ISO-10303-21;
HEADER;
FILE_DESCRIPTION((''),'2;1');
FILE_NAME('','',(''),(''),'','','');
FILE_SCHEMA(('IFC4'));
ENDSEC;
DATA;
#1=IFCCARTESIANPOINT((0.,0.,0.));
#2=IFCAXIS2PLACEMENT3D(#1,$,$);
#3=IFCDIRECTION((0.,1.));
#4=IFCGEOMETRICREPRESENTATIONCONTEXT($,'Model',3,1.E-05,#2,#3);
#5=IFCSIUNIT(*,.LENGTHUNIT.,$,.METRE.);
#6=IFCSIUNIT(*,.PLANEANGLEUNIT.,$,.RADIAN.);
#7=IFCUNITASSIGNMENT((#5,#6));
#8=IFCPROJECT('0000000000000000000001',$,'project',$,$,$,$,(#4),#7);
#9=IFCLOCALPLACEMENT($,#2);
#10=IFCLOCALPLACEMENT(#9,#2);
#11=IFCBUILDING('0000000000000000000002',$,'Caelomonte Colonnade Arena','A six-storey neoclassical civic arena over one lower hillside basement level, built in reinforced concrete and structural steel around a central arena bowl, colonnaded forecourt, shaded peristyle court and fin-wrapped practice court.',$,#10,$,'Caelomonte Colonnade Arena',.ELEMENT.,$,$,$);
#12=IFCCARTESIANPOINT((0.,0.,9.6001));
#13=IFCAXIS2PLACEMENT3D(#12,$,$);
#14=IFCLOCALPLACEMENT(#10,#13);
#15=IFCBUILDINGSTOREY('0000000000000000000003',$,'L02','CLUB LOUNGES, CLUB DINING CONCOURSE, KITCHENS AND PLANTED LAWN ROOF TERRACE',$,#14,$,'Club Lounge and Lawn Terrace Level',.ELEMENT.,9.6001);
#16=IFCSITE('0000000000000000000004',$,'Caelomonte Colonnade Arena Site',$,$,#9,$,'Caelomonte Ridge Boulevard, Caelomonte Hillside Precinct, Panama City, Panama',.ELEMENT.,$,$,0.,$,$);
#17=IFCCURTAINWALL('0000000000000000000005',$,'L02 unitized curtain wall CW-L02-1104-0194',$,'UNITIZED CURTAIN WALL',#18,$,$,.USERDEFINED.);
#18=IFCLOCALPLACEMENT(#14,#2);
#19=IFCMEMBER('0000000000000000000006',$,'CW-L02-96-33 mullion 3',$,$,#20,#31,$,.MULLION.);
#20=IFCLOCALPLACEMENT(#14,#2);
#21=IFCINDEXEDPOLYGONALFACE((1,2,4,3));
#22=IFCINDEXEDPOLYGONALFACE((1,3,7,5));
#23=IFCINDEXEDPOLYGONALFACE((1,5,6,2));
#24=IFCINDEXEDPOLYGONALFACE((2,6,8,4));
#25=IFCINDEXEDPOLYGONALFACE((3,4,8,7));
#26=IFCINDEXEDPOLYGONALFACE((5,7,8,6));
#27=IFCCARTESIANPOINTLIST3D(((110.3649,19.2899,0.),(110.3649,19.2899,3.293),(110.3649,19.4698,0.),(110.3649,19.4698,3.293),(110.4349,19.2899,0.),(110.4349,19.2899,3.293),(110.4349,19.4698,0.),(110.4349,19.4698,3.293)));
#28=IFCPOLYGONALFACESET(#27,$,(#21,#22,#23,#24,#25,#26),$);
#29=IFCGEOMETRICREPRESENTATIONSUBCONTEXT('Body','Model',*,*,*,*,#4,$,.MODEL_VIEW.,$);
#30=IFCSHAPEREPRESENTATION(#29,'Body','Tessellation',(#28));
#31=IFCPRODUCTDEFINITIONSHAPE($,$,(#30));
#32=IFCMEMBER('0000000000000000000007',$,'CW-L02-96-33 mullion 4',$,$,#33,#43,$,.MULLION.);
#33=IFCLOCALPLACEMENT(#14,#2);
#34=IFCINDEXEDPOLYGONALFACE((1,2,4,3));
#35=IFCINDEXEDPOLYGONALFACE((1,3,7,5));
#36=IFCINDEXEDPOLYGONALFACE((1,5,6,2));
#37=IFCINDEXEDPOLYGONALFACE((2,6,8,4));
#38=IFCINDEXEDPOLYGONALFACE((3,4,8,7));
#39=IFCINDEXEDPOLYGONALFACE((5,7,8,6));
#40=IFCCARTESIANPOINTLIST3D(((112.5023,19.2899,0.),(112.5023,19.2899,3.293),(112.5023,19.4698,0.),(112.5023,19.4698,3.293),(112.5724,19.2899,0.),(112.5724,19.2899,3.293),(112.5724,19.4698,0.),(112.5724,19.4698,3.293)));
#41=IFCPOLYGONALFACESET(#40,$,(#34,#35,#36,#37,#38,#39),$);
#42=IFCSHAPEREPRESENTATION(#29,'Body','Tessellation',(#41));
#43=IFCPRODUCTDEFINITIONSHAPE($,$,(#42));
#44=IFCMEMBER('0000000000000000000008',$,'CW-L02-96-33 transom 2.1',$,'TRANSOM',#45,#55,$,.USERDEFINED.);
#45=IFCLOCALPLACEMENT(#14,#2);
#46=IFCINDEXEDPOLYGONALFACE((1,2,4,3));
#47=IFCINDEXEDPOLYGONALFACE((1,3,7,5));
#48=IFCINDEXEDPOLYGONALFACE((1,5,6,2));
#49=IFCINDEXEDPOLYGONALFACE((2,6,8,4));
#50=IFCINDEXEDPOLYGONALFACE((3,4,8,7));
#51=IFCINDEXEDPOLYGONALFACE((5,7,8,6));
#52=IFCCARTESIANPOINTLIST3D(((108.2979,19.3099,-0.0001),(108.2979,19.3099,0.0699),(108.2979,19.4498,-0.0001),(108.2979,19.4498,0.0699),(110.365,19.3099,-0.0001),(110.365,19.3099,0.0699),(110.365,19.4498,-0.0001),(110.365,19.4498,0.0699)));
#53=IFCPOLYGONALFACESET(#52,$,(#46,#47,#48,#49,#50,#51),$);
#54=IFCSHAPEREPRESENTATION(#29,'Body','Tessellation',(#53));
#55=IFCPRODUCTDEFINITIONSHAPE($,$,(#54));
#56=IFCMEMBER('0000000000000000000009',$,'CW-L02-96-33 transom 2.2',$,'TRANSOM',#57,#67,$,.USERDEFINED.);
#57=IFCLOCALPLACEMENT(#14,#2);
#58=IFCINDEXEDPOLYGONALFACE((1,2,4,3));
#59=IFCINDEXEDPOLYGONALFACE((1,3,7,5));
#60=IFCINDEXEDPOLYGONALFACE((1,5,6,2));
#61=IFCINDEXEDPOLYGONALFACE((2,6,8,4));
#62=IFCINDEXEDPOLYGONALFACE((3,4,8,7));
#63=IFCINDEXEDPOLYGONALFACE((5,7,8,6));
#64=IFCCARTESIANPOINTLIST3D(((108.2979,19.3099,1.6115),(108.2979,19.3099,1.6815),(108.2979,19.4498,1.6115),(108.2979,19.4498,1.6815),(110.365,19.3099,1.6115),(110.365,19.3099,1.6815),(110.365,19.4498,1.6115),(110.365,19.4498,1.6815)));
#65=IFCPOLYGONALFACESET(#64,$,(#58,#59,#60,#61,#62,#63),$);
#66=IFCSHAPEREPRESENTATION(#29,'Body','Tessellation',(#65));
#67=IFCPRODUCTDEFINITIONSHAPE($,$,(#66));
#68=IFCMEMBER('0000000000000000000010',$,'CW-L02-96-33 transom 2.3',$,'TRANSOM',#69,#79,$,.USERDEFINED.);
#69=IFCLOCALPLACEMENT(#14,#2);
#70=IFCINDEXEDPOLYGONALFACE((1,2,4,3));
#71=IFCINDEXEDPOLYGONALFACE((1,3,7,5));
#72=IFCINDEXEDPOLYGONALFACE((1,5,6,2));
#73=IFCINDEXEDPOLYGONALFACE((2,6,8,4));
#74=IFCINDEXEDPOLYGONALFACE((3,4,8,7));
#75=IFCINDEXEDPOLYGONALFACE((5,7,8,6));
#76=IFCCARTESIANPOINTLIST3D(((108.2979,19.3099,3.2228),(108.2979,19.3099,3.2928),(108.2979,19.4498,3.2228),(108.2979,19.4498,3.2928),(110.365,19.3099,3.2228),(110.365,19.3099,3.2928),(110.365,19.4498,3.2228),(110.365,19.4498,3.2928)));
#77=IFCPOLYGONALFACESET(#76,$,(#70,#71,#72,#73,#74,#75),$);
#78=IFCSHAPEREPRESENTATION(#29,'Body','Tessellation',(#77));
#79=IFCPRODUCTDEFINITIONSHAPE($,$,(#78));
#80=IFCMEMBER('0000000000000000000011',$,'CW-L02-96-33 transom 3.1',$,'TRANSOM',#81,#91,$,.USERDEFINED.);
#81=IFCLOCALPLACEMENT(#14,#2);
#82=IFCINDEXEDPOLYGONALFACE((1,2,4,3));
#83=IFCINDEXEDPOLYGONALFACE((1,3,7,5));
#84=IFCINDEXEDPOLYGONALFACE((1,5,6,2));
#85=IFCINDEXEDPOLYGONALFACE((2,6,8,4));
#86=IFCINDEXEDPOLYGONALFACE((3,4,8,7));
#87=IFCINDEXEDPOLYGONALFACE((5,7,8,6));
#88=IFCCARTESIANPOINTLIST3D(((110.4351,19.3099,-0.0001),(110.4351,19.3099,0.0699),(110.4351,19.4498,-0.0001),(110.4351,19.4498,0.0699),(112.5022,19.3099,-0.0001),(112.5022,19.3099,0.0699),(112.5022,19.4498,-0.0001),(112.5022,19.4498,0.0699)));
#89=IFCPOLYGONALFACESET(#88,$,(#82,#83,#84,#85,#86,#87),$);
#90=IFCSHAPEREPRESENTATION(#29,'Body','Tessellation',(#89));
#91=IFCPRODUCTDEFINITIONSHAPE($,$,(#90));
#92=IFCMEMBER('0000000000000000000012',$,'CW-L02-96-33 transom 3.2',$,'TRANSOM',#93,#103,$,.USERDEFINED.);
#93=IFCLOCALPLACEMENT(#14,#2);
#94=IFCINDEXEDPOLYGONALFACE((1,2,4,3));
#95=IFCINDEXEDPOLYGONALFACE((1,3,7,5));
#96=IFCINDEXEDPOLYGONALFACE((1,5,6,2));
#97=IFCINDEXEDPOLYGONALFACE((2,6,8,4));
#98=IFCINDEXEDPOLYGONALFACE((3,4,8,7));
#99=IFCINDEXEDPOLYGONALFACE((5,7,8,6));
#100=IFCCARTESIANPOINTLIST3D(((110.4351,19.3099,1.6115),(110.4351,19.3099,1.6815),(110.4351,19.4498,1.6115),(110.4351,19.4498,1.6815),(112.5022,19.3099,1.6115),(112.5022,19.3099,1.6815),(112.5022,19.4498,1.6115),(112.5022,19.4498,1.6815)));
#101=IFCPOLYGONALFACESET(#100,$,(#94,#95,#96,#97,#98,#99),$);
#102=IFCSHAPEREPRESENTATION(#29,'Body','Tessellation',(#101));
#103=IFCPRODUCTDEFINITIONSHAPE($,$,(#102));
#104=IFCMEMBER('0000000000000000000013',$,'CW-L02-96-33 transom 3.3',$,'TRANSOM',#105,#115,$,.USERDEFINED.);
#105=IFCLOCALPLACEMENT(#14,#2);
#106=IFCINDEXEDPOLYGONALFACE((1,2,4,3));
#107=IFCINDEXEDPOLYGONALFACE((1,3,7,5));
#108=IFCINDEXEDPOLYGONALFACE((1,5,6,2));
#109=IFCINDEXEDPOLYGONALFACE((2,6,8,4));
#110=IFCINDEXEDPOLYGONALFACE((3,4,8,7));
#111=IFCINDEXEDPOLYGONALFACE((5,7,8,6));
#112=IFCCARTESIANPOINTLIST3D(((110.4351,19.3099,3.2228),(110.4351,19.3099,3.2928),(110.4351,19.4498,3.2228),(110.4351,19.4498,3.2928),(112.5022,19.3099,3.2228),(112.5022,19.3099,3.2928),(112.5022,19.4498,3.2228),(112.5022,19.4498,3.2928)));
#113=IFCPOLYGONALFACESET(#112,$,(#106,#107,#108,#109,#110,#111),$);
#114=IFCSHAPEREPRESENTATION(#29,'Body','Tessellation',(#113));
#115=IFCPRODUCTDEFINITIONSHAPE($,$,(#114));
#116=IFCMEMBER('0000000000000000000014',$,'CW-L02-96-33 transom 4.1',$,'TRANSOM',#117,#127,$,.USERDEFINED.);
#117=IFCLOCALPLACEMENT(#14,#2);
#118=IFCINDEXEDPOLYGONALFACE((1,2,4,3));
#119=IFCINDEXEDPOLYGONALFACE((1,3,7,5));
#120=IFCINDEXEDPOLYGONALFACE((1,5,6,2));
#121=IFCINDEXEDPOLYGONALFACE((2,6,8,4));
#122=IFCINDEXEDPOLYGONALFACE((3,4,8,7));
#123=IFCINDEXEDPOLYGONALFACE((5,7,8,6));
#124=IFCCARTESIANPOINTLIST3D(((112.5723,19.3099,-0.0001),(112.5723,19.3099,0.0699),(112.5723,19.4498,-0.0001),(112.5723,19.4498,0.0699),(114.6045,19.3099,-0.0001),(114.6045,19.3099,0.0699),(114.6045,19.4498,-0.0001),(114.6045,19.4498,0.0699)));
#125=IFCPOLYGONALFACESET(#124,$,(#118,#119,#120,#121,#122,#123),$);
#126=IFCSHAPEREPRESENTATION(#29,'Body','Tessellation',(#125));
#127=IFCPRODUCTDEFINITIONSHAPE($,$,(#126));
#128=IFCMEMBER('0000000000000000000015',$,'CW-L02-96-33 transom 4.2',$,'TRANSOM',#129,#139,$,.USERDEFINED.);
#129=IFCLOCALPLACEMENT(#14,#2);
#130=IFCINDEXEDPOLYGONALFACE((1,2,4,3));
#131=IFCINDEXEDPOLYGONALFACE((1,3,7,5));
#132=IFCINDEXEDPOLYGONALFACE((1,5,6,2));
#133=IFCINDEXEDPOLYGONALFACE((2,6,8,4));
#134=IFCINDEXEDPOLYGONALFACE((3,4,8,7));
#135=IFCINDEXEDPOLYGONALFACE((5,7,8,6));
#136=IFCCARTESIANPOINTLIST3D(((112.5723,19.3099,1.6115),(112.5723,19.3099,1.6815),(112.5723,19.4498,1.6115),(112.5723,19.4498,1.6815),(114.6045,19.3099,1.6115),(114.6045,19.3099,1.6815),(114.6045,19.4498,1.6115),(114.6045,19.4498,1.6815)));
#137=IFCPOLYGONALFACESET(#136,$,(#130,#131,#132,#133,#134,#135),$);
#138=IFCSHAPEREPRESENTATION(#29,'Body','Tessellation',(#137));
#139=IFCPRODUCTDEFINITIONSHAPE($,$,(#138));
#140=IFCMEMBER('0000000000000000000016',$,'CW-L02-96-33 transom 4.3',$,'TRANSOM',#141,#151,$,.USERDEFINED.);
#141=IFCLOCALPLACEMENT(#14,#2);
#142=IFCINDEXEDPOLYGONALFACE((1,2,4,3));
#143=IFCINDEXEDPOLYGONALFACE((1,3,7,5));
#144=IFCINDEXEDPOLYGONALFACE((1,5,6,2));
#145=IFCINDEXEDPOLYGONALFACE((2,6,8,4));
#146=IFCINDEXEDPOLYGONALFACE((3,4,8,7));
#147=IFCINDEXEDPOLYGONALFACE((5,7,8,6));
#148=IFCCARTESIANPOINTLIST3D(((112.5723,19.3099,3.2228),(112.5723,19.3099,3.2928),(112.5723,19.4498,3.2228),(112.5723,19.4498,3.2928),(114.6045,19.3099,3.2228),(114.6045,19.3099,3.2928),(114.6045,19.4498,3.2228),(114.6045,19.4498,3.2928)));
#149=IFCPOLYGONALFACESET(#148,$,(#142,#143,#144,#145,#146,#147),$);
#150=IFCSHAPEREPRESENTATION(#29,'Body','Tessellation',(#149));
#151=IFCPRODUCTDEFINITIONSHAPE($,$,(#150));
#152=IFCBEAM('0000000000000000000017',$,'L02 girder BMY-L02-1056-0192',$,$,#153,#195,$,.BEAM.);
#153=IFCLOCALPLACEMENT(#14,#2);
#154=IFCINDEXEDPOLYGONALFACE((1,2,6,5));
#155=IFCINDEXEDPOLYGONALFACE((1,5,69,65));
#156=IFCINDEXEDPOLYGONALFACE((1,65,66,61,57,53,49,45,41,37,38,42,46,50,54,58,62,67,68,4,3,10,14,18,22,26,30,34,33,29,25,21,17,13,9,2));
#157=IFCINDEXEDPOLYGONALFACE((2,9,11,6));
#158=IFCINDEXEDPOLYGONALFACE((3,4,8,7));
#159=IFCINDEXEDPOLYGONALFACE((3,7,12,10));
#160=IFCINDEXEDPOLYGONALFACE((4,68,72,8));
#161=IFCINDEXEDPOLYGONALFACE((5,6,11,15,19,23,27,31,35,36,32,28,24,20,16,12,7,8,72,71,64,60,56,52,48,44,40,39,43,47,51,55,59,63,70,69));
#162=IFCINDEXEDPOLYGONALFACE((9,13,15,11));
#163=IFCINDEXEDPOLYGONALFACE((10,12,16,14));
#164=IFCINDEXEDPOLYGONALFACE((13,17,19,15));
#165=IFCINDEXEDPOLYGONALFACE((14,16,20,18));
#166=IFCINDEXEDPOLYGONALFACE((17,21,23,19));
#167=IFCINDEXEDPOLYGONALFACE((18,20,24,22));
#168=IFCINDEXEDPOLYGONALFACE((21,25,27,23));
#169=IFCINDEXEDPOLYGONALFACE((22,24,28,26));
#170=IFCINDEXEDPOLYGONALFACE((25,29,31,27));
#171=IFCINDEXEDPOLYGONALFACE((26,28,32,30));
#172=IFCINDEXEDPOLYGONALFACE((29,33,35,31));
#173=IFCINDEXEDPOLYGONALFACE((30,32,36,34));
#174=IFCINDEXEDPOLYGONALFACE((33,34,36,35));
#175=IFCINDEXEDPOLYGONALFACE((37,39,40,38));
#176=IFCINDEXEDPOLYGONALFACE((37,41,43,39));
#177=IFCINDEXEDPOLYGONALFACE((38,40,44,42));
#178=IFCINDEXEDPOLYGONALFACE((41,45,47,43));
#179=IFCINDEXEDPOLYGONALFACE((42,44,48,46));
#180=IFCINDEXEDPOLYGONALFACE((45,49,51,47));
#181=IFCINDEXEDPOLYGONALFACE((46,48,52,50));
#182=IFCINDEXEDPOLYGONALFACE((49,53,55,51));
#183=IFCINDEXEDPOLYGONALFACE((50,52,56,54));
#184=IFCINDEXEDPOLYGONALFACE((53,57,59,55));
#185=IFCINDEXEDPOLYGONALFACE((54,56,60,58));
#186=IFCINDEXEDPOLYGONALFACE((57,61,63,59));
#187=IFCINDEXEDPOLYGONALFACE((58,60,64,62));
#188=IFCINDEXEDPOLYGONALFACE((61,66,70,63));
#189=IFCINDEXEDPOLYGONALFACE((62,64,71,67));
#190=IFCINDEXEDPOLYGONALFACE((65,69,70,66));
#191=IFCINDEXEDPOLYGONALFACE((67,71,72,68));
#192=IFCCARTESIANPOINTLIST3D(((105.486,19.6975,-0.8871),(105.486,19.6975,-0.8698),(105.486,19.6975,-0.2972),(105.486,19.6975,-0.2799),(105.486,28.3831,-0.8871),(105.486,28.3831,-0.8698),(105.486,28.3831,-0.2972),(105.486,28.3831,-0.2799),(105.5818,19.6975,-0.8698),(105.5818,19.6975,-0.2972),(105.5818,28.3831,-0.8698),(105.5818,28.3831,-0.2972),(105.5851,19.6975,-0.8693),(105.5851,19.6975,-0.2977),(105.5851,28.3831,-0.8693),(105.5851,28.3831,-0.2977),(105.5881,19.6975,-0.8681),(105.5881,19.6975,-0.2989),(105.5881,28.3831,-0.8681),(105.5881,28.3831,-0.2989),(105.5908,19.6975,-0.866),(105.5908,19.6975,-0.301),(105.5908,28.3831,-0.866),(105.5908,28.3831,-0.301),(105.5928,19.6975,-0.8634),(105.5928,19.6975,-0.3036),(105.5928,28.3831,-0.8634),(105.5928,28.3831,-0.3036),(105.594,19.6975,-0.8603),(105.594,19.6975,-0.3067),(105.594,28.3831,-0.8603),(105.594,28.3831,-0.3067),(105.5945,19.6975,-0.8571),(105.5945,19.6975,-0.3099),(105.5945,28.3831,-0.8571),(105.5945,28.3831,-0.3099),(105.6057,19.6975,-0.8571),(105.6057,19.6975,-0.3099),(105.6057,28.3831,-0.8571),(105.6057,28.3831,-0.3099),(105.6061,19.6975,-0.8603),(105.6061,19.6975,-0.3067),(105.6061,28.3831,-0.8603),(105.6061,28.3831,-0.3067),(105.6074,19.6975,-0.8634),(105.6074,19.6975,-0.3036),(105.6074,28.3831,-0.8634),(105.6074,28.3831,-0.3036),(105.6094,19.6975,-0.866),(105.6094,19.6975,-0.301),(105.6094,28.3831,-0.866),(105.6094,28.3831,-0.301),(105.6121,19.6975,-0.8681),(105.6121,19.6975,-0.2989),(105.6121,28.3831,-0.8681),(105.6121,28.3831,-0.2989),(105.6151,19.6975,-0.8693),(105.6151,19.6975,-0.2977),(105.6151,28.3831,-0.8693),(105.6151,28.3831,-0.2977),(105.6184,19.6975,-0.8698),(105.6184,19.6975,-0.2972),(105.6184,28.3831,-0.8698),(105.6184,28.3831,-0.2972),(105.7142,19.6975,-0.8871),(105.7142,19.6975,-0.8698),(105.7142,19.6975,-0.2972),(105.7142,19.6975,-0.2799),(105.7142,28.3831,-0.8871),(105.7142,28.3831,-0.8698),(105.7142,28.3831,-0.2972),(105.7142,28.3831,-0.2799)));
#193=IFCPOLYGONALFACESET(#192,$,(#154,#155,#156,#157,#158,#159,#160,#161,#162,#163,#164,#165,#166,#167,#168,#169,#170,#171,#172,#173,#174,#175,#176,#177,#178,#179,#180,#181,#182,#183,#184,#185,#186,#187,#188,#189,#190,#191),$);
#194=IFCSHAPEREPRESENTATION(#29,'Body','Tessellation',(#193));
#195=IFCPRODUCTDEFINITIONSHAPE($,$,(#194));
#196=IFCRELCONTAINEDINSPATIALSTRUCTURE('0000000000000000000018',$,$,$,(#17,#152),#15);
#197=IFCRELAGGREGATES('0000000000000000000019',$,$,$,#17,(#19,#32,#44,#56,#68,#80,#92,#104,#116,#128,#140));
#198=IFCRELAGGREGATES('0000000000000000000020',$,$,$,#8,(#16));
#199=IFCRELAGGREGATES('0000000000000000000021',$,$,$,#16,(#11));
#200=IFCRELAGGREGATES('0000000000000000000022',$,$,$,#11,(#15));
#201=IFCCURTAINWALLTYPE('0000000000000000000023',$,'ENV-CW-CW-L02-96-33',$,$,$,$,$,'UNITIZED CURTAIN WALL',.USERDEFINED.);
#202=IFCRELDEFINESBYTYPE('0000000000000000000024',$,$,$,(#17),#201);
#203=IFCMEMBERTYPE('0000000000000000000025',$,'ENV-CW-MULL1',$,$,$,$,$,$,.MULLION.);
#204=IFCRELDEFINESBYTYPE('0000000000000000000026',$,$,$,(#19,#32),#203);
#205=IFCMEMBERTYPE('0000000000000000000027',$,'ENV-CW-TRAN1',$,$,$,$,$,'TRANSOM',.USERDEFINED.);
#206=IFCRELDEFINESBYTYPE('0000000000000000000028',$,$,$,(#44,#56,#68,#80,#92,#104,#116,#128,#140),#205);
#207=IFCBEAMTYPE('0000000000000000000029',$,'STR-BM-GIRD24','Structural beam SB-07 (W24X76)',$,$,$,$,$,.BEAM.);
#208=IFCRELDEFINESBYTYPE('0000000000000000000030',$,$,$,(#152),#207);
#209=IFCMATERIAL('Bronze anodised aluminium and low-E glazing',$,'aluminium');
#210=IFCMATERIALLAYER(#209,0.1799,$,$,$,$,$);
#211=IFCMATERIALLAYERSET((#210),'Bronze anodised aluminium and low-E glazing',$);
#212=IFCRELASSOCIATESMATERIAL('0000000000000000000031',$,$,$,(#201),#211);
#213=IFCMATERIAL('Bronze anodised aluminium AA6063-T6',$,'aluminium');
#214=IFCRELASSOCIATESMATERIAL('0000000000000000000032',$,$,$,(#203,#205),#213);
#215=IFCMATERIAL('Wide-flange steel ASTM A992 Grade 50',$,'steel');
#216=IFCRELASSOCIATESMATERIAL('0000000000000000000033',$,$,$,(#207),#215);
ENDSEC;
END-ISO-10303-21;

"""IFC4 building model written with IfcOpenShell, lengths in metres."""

from ifc_helpers import new_model, si_unit, direction, frame, origin, origin_2d, place, context, subcontext, project, spatial, rectangle, i_section, extrude, material, layer, layer_set, material_profile, profile_set, type_object, element, aggregate, save


model = new_model("IFC4")

# Units and contexts
model_context = context("Model", 3, precision=1e-05, world=origin(), true_north=direction((0.0, 1.0)))
body_context = subcontext(model_context, "Body", "Model", "MODEL_VIEW")
ifc_project = project(units=[si_unit("LENGTHUNIT", "METRE"), si_unit("PLANEANGLEUNIT", "RADIAN")], contexts=[model_context])

# Site, building, storey
site_placement = place(None, origin())
site = spatial("IfcSite", under=ifc_project, at=site_placement, Name="Caelomonte Colonnade Arena Site", LongName="Caelomonte Ridge Boulevard, Caelomonte Hillside Precinct, Panama City, Panama", CompositionType="ELEMENT", RefElevation=0.0)
building_placement = place(site_placement, origin())
building = spatial("IfcBuilding", under=site, at=building_placement, Name="Caelomonte Colonnade Arena", Description="A six-storey neoclassical civic arena over one lower hillside basement level, built in reinforced concrete and structural steel around a central arena bowl, colonnaded forecourt, shaded peristyle court and fin-wrapped practice court.", LongName="Caelomonte Colonnade Arena", CompositionType="ELEMENT")
storey_placement = place(building_placement, frame((0.0, 0.0, 9.6001)))
storey = spatial("IfcBuildingStorey", under=building, at=storey_placement, Name="L02", Description="CLUB LOUNGES, CLUB DINING CONCOURSE, KITCHENS AND PLANTED LAWN ROOF TERRACE", LongName="Club Lounge and Lawn Terrace Level", CompositionType="ELEMENT", Elevation=9.6001)

# Curtain wall, members
ifc_material_1 = material(Name="Bronze anodised aluminium and low-E glazing", Category="aluminium")
ifc_layer_1 = layer(ifc_material_1, 0.1799)
ifc_layer_set_1 = layer_set([ifc_layer_1], Name="Bronze anodised aluminium and low-E glazing")
curtain_wall_type = type_object("IfcCurtainWallType", Name="ENV-CW-CW-L02-96-33", ElementType="UNITIZED CURTAIN WALL", PredefinedType="USERDEFINED", material=ifc_layer_set_1)
curtain_wall_placement = place(storey_placement, origin())
curtain_wall = element("IfcCurtainWall", 1, at=curtain_wall_placement, inside=storey, type_object=curtain_wall_type, Name="L02 unitized curtain wall CW-L02-1104-0194", ObjectType="UNITIZED CURTAIN WALL", PredefinedType="USERDEFINED")
ifc_material_2 = material(Name="Bronze anodised aluminium AA6063-T6", Category="aluminium")
ifc_material_profile_1 = material_profile(ifc_material_2, rectangle(XDim=0.0701, YDim=0.1799, at=origin_2d()), Name="CWM-70X180")
ifc_profile_set_1 = profile_set([ifc_material_profile_1], Name="Bronze anodised aluminium AA6063-T6")
member_type_1 = type_object("IfcMemberType", Name="ENV-CW-MULL1", PredefinedType="MULLION", material=ifc_profile_set_1)
member_1_placement = place(storey_placement, frame((110.3999, 19.3799, 0.0), z_axis=(0.0, 0.0, 1.0), x_axis=(1.0, 0.0, 0.0)))
member_1 = element("IfcMember", 2, at=member_1_placement, type_object=member_type_1, Name="CW-L02-96-33 mullion 3", PredefinedType="MULLION", context=body_context, shape_type="SweptSolid", body=[
    extrude(rectangle(XDim=0.0701, YDim=0.1799, at=origin_2d()), origin(), (0.0, 0.0, 1.0), 3.293),
])
member_2_placement = place(storey_placement, frame((112.5374, 19.3799, 0.0), z_axis=(0.0, 0.0, 1.0), x_axis=(1.0, 0.0, 0.0)))
member_2 = element("IfcMember", 3, at=member_2_placement, type_object=member_type_1, Name="CW-L02-96-33 mullion 4", PredefinedType="MULLION", context=body_context, shape_type="SweptSolid", body=[
    extrude(rectangle(XDim=0.0701, YDim=0.1799, at=origin_2d()), origin(), (0.0, 0.0, 1.0), 3.293),
])
ifc_material_profile_2 = material_profile(ifc_material_2, rectangle(XDim=0.0701, YDim=0.1399, at=origin_2d()), Name="CWT-70X140")
ifc_profile_set_2 = profile_set([ifc_material_profile_2], Name="Bronze anodised aluminium AA6063-T6")
member_type_2 = type_object("IfcMemberType", Name="ENV-CW-TRAN1", ElementType="TRANSOM", PredefinedType="USERDEFINED", material=ifc_profile_set_2)
member_3_placement = place(storey_placement, frame((108.2979, 19.3799, 0.0349), z_axis=(1.0, 0.0, 0.0), x_axis=(0.0, 0.0, 1.0)))
member_3 = element("IfcMember", 4, at=member_3_placement, type_object=member_type_2, Name="CW-L02-96-33 transom 2.1", ObjectType="TRANSOM", PredefinedType="USERDEFINED", context=body_context, shape_type="SweptSolid", body=[
    extrude(rectangle(XDim=0.0701, YDim=0.1399, at=origin_2d()), origin(), (0.0, 0.0, 1.0), 2.0671),
])
member_4_placement = place(storey_placement, frame((108.2979, 19.3799, 1.6465), z_axis=(1.0, 0.0, 0.0), x_axis=(0.0, 0.0, 1.0)))
member_4 = element("IfcMember", 5, at=member_4_placement, type_object=member_type_2, Name="CW-L02-96-33 transom 2.2", ObjectType="TRANSOM", PredefinedType="USERDEFINED", context=body_context, shape_type="SweptSolid", body=[
    extrude(rectangle(XDim=0.0701, YDim=0.1399, at=origin_2d()), origin(), (0.0, 0.0, 1.0), 2.0671),
])
member_5_placement = place(storey_placement, frame((108.2979, 19.3799, 3.2578), z_axis=(1.0, 0.0, 0.0), x_axis=(0.0, 0.0, 1.0)))
member_5 = element("IfcMember", 6, at=member_5_placement, type_object=member_type_2, Name="CW-L02-96-33 transom 2.3", ObjectType="TRANSOM", PredefinedType="USERDEFINED", context=body_context, shape_type="SweptSolid", body=[
    extrude(rectangle(XDim=0.0701, YDim=0.1399, at=origin_2d()), origin(), (0.0, 0.0, 1.0), 2.0671),
])
member_6_placement = place(storey_placement, frame((110.4351, 19.3799, 0.0349), z_axis=(1.0, 0.0, 0.0), x_axis=(0.0, 0.0, 1.0)))
member_6 = element("IfcMember", 7, at=member_6_placement, type_object=member_type_2, Name="CW-L02-96-33 transom 3.1", ObjectType="TRANSOM", PredefinedType="USERDEFINED", context=body_context, shape_type="SweptSolid", body=[
    extrude(rectangle(XDim=0.0701, YDim=0.1399, at=origin_2d()), origin(), (0.0, 0.0, 1.0), 2.0671),
])
member_7_placement = place(storey_placement, frame((110.4351, 19.3799, 1.6465), z_axis=(1.0, 0.0, 0.0), x_axis=(0.0, 0.0, 1.0)))
member_7 = element("IfcMember", 8, at=member_7_placement, type_object=member_type_2, Name="CW-L02-96-33 transom 3.2", ObjectType="TRANSOM", PredefinedType="USERDEFINED", context=body_context, shape_type="SweptSolid", body=[
    extrude(rectangle(XDim=0.0701, YDim=0.1399, at=origin_2d()), origin(), (0.0, 0.0, 1.0), 2.0671),
])
member_8_placement = place(storey_placement, frame((110.4351, 19.3799, 3.2578), z_axis=(1.0, 0.0, 0.0), x_axis=(0.0, 0.0, 1.0)))
member_8 = element("IfcMember", 9, at=member_8_placement, type_object=member_type_2, Name="CW-L02-96-33 transom 3.3", ObjectType="TRANSOM", PredefinedType="USERDEFINED", context=body_context, shape_type="SweptSolid", body=[
    extrude(rectangle(XDim=0.0701, YDim=0.1399, at=origin_2d()), origin(), (0.0, 0.0, 1.0), 2.0671),
])
member_9_placement = place(storey_placement, frame((112.5723, 19.3799, 0.0349), z_axis=(1.0, 0.0, 0.0), x_axis=(0.0, 0.0, 1.0)))
member_9 = element("IfcMember", 10, at=member_9_placement, type_object=member_type_2, Name="CW-L02-96-33 transom 4.1", ObjectType="TRANSOM", PredefinedType="USERDEFINED", context=body_context, shape_type="SweptSolid", body=[
    extrude(rectangle(XDim=0.0701, YDim=0.1399, at=origin_2d()), origin(), (0.0, 0.0, 1.0), 2.0322),
])
member_10_placement = place(storey_placement, frame((112.5723, 19.3799, 1.6465), z_axis=(1.0, 0.0, 0.0), x_axis=(0.0, 0.0, 1.0)))
member_10 = element("IfcMember", 11, at=member_10_placement, type_object=member_type_2, Name="CW-L02-96-33 transom 4.2", ObjectType="TRANSOM", PredefinedType="USERDEFINED", context=body_context, shape_type="SweptSolid", body=[
    extrude(rectangle(XDim=0.0701, YDim=0.1399, at=origin_2d()), origin(), (0.0, 0.0, 1.0), 2.0322),
])
member_11_placement = place(storey_placement, frame((112.5723, 19.3799, 3.2578), z_axis=(1.0, 0.0, 0.0), x_axis=(0.0, 0.0, 1.0)))
member_11 = element("IfcMember", 12, at=member_11_placement, type_object=member_type_2, Name="CW-L02-96-33 transom 4.3", ObjectType="TRANSOM", PredefinedType="USERDEFINED", context=body_context, shape_type="SweptSolid", body=[
    extrude(rectangle(XDim=0.0701, YDim=0.1399, at=origin_2d()), origin(), (0.0, 0.0, 1.0), 2.0322),
])

# Beam
ifc_material_3 = material(Name="Wide-flange steel ASTM A992 Grade 50", Category="steel")
ifc_material_profile_3 = material_profile(ifc_material_3, i_section(OverallWidth=0.2283, OverallDepth=0.6072, WebThickness=0.0112, FlangeThickness=0.0173, FilletRadius=0.0127, at=origin_2d()), Name="W24X76")
ifc_profile_set_3 = profile_set([ifc_material_profile_3], Name="Wide-flange steel ASTM A992 Grade 50")
beam_type_1 = type_object("IfcBeamType", Name="STR-BM-GIRD24", Description="Structural beam SB-07 (W24X76)", PredefinedType="BEAM", material=ifc_profile_set_3)
beam_1_placement = place(storey_placement, frame((105.6001, 19.6975, -0.5835), z_axis=(0.0, 1.0, 0.0), x_axis=(-1.0, 0.0, 0.0)))
element("IfcBeam", 13, at=beam_1_placement, inside=storey, type_object=beam_type_1, Name="L02 girder BMY-L02-1056-0192", PredefinedType="BEAM", context=body_context, shape_type="SweptSolid", body=[
    extrude(i_section(OverallWidth=0.2283, OverallDepth=0.6072, WebThickness=0.0112, FlangeThickness=0.0173, FilletRadius=0.0127, at=origin_2d()), origin(), (0.0, 0.0, 1.0), 8.6855),
])

aggregate(curtain_wall, [member_1, member_2, member_3, member_4, member_5, member_6, member_7, member_8, member_9, member_10, member_11])

save(model, "model.ifc")
